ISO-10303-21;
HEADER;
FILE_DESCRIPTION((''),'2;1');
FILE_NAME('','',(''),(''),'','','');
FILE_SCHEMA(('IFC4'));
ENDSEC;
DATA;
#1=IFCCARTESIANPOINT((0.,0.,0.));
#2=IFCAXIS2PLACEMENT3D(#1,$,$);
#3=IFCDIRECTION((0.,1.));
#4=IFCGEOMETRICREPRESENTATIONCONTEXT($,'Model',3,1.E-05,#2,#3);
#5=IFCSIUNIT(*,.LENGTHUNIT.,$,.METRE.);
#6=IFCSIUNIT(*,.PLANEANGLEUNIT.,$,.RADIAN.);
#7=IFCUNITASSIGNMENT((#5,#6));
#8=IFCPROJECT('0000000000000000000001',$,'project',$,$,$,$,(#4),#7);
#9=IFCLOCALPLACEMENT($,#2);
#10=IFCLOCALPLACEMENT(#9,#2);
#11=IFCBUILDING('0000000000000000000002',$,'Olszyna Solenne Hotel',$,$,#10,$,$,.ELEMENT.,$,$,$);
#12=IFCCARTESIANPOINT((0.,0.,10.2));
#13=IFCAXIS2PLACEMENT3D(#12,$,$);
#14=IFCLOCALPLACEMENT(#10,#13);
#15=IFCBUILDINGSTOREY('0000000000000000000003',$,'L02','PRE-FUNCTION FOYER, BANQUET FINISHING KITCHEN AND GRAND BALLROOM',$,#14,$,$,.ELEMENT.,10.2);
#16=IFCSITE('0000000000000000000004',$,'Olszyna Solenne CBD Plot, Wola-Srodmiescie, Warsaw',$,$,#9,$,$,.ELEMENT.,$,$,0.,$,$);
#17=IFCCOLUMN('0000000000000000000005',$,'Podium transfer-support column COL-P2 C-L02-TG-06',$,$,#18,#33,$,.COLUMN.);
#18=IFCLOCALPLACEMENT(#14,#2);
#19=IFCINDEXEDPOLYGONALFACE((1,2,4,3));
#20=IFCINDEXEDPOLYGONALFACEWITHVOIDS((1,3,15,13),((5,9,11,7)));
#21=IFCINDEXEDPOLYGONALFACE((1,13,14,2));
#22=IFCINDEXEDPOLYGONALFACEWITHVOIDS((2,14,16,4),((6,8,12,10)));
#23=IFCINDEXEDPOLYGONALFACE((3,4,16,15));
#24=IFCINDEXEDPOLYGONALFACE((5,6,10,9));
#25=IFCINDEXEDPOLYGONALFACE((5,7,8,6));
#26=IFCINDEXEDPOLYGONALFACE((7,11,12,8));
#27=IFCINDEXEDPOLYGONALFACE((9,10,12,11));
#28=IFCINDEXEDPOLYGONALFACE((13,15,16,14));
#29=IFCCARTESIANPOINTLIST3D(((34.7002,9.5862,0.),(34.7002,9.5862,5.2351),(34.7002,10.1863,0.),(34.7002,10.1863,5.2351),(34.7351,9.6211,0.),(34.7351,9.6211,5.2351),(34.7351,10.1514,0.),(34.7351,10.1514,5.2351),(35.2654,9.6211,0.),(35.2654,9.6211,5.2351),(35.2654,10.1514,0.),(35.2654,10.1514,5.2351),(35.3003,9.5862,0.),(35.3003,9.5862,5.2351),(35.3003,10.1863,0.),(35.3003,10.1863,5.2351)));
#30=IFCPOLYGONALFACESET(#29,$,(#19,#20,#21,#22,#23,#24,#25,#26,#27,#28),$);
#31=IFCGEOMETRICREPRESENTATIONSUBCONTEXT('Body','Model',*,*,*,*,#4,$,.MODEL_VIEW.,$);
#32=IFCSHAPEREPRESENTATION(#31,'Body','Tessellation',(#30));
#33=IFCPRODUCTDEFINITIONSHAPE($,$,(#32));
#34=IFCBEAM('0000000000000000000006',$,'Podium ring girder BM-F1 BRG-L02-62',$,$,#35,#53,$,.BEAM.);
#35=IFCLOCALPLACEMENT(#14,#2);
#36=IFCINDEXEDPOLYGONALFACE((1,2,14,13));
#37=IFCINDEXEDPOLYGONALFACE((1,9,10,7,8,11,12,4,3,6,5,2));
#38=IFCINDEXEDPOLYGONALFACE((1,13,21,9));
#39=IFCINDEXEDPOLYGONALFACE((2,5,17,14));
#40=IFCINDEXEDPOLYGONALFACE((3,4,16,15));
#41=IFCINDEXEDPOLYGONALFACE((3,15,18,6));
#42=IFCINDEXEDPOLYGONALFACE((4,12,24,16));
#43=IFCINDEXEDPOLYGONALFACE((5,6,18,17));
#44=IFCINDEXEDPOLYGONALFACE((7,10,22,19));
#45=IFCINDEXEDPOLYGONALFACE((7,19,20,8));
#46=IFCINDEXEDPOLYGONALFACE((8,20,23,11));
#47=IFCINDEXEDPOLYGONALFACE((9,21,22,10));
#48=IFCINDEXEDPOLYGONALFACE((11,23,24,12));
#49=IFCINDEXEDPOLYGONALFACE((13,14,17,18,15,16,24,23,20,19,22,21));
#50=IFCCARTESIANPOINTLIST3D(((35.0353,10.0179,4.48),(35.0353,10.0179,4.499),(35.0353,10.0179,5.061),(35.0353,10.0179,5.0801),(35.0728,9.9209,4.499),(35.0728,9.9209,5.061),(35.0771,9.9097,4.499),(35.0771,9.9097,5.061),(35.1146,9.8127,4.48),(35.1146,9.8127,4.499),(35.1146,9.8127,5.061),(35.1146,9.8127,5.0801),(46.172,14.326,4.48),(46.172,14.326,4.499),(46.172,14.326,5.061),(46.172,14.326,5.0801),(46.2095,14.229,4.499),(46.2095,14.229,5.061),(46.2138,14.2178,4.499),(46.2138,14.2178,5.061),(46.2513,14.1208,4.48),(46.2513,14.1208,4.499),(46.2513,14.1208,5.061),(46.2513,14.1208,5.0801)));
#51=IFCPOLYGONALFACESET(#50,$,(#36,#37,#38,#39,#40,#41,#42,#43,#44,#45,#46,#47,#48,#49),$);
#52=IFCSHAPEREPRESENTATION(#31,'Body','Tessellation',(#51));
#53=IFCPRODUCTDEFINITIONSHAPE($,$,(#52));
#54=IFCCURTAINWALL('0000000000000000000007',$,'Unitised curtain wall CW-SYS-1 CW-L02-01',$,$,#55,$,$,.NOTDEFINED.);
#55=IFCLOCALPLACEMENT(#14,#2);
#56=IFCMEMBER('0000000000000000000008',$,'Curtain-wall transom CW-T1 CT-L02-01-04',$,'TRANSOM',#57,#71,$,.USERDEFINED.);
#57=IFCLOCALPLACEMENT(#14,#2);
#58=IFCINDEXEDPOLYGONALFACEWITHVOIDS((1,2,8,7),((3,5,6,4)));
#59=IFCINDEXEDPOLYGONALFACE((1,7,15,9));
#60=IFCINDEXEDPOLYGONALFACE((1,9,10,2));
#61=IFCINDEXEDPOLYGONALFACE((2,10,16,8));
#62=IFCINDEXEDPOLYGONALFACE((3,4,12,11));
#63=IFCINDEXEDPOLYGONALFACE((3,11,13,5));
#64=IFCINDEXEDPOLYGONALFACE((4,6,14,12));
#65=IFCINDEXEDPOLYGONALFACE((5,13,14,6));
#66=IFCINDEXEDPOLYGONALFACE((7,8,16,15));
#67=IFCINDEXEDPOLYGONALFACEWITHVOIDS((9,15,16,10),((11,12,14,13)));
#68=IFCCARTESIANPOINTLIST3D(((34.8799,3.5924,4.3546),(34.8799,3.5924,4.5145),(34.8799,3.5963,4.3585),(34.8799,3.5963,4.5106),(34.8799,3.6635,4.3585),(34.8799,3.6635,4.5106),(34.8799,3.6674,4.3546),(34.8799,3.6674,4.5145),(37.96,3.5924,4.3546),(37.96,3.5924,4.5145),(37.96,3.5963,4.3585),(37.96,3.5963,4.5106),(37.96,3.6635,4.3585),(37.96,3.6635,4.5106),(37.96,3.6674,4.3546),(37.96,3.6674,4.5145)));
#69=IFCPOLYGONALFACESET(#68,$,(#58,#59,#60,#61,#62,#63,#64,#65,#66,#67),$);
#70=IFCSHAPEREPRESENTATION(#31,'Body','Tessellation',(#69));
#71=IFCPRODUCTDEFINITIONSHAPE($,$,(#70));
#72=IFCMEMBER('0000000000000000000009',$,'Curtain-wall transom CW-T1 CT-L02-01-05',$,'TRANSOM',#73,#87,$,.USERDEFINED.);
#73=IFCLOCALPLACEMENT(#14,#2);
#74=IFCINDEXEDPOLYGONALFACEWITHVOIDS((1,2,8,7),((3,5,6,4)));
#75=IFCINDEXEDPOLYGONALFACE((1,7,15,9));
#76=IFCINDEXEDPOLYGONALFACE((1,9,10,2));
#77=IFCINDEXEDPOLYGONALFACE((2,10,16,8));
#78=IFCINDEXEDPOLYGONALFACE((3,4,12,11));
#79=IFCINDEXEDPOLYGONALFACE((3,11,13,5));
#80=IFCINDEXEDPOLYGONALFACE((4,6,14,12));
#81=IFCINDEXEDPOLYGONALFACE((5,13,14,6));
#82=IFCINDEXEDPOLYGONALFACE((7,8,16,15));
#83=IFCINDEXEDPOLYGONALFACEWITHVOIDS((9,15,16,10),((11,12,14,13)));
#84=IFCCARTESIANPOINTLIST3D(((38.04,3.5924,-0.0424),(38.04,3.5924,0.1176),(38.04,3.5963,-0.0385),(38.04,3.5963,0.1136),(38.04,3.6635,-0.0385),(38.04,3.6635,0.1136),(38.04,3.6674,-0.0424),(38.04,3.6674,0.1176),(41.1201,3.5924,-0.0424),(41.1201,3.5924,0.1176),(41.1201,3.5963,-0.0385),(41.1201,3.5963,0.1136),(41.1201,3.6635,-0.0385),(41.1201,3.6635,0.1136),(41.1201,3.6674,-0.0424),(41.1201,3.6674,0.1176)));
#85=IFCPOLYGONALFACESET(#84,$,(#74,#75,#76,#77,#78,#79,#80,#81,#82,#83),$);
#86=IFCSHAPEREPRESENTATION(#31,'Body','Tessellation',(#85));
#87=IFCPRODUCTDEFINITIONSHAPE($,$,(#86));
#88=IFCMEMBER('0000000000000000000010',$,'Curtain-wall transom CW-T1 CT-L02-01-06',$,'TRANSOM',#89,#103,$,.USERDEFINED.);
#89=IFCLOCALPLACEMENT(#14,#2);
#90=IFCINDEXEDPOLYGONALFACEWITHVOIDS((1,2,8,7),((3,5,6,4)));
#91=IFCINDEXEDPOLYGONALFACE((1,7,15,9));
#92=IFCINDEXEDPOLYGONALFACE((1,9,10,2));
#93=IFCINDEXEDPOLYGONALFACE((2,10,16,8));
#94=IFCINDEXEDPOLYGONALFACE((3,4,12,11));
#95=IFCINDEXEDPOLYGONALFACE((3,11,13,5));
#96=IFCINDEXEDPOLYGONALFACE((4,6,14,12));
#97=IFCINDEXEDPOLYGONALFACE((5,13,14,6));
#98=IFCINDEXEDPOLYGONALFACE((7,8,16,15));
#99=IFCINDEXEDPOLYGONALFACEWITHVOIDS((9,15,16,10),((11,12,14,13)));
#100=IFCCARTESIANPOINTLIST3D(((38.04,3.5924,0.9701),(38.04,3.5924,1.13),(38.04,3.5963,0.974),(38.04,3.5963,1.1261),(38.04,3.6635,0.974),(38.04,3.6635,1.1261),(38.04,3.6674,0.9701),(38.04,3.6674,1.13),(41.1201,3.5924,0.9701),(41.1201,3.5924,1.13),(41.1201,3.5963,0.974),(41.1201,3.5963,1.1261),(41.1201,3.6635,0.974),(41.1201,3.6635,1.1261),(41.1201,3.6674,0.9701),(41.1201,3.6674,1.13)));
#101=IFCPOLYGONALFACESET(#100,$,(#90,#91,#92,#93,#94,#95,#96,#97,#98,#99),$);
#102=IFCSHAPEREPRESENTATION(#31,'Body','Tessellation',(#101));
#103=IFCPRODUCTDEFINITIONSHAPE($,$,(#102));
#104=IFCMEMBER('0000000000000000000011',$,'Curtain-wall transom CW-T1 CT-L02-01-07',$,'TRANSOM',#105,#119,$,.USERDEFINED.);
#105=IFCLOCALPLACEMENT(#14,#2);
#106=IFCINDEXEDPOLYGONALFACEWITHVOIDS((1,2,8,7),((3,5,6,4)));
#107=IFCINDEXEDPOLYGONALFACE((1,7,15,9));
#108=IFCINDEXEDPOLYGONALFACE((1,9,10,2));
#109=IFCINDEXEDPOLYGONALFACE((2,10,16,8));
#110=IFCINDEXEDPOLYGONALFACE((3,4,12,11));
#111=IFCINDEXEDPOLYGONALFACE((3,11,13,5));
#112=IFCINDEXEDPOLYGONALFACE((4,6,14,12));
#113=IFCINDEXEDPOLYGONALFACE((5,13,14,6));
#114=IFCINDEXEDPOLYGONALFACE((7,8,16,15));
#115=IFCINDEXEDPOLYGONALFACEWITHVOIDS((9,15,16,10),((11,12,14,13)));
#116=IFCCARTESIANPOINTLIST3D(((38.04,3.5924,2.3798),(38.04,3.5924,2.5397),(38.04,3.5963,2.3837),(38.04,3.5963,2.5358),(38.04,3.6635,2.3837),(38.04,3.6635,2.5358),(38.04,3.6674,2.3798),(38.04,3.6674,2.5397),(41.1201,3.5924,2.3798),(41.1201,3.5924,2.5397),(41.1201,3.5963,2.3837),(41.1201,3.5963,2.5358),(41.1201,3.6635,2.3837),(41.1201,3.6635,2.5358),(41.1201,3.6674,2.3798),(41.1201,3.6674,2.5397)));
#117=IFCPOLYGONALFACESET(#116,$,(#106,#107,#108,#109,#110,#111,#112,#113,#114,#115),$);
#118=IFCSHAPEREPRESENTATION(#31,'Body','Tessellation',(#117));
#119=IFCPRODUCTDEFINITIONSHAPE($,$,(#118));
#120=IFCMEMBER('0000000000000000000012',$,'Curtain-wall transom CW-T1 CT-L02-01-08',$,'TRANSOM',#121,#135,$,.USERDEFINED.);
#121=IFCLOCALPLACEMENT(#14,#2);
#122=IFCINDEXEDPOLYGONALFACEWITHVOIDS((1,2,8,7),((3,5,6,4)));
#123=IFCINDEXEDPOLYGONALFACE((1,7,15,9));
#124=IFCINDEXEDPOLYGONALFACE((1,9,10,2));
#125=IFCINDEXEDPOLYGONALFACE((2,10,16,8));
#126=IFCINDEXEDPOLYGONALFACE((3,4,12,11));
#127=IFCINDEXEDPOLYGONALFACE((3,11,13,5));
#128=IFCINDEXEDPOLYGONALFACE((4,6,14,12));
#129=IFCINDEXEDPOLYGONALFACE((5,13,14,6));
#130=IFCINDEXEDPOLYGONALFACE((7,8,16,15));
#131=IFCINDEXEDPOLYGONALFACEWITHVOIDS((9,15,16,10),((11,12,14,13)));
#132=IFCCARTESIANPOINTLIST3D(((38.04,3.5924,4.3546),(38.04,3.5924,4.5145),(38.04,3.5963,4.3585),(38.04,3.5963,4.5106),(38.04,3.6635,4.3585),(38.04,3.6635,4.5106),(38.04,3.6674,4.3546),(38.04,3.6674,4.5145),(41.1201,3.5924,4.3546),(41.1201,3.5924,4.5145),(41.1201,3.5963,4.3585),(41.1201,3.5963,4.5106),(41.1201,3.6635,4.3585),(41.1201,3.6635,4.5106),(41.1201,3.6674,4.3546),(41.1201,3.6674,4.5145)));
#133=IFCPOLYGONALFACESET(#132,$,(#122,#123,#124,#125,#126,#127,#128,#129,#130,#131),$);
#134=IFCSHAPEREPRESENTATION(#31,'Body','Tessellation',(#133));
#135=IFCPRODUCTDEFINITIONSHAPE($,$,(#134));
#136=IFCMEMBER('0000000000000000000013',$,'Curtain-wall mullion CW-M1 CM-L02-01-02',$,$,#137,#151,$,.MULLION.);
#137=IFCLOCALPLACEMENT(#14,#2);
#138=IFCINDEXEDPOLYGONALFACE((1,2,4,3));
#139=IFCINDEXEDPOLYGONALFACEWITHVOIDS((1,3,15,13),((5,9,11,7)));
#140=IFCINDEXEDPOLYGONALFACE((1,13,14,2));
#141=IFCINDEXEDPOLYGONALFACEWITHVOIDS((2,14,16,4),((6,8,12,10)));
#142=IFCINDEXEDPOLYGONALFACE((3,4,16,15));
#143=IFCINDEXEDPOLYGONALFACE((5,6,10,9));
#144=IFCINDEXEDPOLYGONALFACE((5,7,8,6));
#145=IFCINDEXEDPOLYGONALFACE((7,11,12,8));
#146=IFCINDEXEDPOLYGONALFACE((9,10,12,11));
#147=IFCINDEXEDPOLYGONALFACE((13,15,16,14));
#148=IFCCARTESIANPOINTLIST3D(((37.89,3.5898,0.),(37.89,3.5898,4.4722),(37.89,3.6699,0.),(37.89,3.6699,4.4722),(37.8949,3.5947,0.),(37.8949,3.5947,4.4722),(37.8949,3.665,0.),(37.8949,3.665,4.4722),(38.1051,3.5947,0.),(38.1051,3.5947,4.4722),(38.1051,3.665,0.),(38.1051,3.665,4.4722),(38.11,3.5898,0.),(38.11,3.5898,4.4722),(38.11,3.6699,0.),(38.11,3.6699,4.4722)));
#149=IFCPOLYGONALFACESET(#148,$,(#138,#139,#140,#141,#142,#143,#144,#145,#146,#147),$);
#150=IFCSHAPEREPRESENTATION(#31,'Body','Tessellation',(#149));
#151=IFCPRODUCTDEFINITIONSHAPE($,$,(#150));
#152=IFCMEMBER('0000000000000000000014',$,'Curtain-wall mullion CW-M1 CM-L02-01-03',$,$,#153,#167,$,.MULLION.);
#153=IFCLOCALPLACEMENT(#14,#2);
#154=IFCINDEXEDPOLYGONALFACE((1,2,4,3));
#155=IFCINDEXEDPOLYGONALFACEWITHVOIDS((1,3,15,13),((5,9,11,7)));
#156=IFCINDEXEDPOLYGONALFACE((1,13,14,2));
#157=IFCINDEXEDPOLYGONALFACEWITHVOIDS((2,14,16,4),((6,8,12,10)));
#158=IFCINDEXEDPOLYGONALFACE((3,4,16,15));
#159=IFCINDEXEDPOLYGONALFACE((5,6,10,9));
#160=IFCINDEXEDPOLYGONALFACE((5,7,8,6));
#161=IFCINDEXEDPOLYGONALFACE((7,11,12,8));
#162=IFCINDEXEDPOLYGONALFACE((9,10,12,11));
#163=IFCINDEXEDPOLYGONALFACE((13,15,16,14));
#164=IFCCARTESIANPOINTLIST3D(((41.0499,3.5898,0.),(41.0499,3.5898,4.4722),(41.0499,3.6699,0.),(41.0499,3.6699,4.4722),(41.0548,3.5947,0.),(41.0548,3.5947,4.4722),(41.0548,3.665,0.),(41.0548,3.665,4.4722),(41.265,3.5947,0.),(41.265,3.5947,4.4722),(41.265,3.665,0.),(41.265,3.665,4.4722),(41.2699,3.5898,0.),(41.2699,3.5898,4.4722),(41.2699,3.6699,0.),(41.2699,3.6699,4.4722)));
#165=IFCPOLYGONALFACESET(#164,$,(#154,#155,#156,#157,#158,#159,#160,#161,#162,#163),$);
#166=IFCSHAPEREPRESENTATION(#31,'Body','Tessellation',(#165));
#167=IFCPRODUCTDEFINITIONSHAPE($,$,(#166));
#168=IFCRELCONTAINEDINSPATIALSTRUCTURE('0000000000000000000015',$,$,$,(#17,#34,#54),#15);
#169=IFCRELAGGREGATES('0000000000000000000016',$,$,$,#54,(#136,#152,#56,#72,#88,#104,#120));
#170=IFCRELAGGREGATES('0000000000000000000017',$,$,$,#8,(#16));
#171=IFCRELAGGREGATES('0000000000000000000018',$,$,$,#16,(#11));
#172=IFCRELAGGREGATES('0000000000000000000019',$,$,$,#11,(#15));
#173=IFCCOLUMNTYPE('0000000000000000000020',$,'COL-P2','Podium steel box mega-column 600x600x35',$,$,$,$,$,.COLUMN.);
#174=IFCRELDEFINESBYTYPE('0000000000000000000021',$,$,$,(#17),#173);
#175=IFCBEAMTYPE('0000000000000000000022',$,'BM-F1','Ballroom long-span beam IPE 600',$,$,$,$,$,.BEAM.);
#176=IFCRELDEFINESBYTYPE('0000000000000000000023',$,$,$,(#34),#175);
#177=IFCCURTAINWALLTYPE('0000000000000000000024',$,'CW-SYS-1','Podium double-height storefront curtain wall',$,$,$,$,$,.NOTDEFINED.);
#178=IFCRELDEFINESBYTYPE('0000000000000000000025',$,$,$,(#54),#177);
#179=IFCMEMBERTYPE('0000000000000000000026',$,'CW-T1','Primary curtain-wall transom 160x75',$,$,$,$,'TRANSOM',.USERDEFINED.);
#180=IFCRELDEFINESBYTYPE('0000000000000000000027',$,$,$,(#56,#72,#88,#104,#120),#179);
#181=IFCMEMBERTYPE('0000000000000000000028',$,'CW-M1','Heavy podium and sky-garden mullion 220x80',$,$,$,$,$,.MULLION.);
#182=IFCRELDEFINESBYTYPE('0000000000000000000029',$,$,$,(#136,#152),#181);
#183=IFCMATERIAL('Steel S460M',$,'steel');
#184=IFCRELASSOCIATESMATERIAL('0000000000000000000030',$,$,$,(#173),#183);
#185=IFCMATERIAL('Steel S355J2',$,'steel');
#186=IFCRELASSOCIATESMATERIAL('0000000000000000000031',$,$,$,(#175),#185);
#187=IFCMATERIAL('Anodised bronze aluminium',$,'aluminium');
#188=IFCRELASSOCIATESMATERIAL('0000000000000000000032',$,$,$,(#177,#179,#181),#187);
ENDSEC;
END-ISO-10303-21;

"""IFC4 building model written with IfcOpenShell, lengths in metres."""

from ifc_helpers import new_model, si_unit, direction, frame, origin, origin_2d, place, context, subcontext, project, spatial, hollow_rectangle, i_section, extrude, source, transform, mapped, material, material_profile, profile_set, type_object, element, aggregate, save


model = new_model("IFC4")

# Units and contexts
model_context = context("Model", 3, precision=1e-05, world=origin(), true_north=direction((0.0, 1.0)))
body_context = subcontext(model_context, "Body", "Model", "MODEL_VIEW")
ifc_project = project(units=[si_unit("LENGTHUNIT", "METRE"), si_unit("PLANEANGLEUNIT", "RADIAN")], contexts=[model_context])

# Site, building, storey
site_placement = place(None, origin())
site = spatial("IfcSite", under=ifc_project, at=site_placement, Name="Olszyna Solenne CBD Plot, Wola-Srodmiescie, Warsaw", CompositionType="ELEMENT", RefElevation=0.0)
building_placement = place(site_placement, origin())
building = spatial("IfcBuilding", under=site, at=building_placement, Name="Olszyna Solenne Hotel", CompositionType="ELEMENT")
storey_placement = place(building_placement, frame((0.0, 0.0, 10.2)))
storey = spatial("IfcBuildingStorey", under=building, at=storey_placement, Name="L02", Description="PRE-FUNCTION FOYER, BANQUET FINISHING KITCHEN AND GRAND BALLROOM", CompositionType="ELEMENT", Elevation=10.2)

# Column
ifc_material_1 = material(Name="Steel S460M", Category="steel")
ifc_material_profile_1 = material_profile(ifc_material_1, hollow_rectangle(XDim=0.6001, YDim=0.6001, WallThickness=0.0349, at=origin_2d()), Name="SHS 600x600x35", Category="load-bearing")
ifc_profile_set_1 = profile_set([ifc_material_profile_1], Name="Steel S460M")
column_type = type_object("IfcColumnType", Name="COL-P2", Description="Podium steel box mega-column 600x600x35", PredefinedType="COLUMN", material=ifc_profile_set_1)
shared_shape_1 = source(origin(), body_context, "Body", "SweptSolid", [
    extrude(hollow_rectangle(XDim=0.6001, YDim=0.6001, WallThickness=0.0349, at=origin_2d()), origin(), (0.0, 0.0, 1.0), 5.2351),
])
column_placement = place(storey_placement, frame((35.0002, 9.8862, 0.0), z_axis=(0.0, 0.0, 1.0), x_axis=(1.0, 0.0, 0.0)))
element("IfcColumn", 1, at=column_placement, inside=storey, type_object=column_type, Name="Podium transfer-support column COL-P2 C-L02-TG-06", PredefinedType="COLUMN", context=body_context, shape_type="MappedRepresentation", body=[
    mapped(shared_shape_1, transform((0.0, 0.0, 0.0), x_axis=(1.0, 0.0, 0.0), y_axis=(0.0, 1.0, 0.0), z_axis=(0.0, 0.0, 1.0), scale=1.0)),
])

# Beam
ifc_material_2 = material(Name="Steel S355J2", Category="steel")
ifc_material_profile_2 = material_profile(ifc_material_2, i_section(OverallWidth=0.22, OverallDepth=0.6001, WebThickness=0.012, FlangeThickness=0.019, at=origin_2d()), Name="IPE 600", Category="load-bearing")
ifc_profile_set_2 = profile_set([ifc_material_profile_2], Name="Steel S355J2")
beam_type = type_object("IfcBeamType", Name="BM-F1", Description="Ballroom long-span beam IPE 600", PredefinedType="BEAM", material=ifc_profile_set_2)
shared_shape_2 = source(origin(), body_context, "Body", "SweptSolid", [
    extrude(i_section(OverallWidth=0.22, OverallDepth=0.6001, WebThickness=0.012, FlangeThickness=0.019, at=origin_2d()), origin(), (0.0, 0.0, 1.0), 11.9409),
])
beam_placement = place(storey_placement, frame((35.075, 9.9153, 4.78), z_axis=(0.932649, 0.360784, 0.0), x_axis=(-0.360784, 0.932649, 0.0)))
element("IfcBeam", 2, at=beam_placement, inside=storey, type_object=beam_type, Name="Podium ring girder BM-F1 BRG-L02-62", PredefinedType="BEAM", context=body_context, shape_type="MappedRepresentation", body=[
    mapped(shared_shape_2, transform((0.0, 0.0, 0.0), x_axis=(1.0, 0.0, 0.0), y_axis=(0.0, 1.0, 0.0), z_axis=(0.0, 0.0, 1.0), scale=1.0)),
])

# Curtain wall, members
ifc_material_3 = material(Name="Anodised bronze aluminium", Category="aluminium")
curtain_wall_type = type_object("IfcCurtainWallType", Name="CW-SYS-1", Description="Podium double-height storefront curtain wall", PredefinedType="NOTDEFINED", material=ifc_material_3)
curtain_wall_placement = place(storey_placement, origin())
curtain_wall = element("IfcCurtainWall", 3, at=curtain_wall_placement, inside=storey, type_object=curtain_wall_type, Name="Unitised curtain wall CW-SYS-1 CW-L02-01", PredefinedType="NOTDEFINED")
ifc_material_profile_3 = material_profile(ifc_material_3, hollow_rectangle(XDim=0.075, YDim=0.1599, WallThickness=0.0039, at=origin_2d()), Name="TRAN 160x75x4", Category="load-bearing")
ifc_profile_set_3 = profile_set([ifc_material_profile_3], Name="Anodised bronze aluminium")
member_type_1 = type_object("IfcMemberType", Name="CW-T1", Description="Primary curtain-wall transom 160x75", ElementType="TRANSOM", PredefinedType="USERDEFINED", material=ifc_profile_set_3)
shared_shape_3 = source(origin(), body_context, "Body", "SweptSolid", [
    extrude(hollow_rectangle(XDim=0.075, YDim=0.1599, WallThickness=0.0039, at=origin_2d()), origin(), (0.0, 0.0, 1.0), 3.0801),
])
member_1_placement = place(storey_placement, frame((34.8799, 3.6299, 4.4346), z_axis=(1.0, 0.0, 0.0), x_axis=(0.0, 1.0, 0.0)))
member_1 = element("IfcMember", 4, at=member_1_placement, type_object=member_type_1, Name="Curtain-wall transom CW-T1 CT-L02-01-04", ObjectType="TRANSOM", PredefinedType="USERDEFINED", context=body_context, shape_type="MappedRepresentation", body=[
    mapped(shared_shape_3, transform((0.0, 0.0, 0.0), x_axis=(1.0, 0.0, 0.0), y_axis=(0.0, 1.0, 0.0), z_axis=(0.0, 0.0, 1.0), scale=1.0)),
])
member_2_placement = place(storey_placement, frame((38.04, 3.6299, 0.0376), z_axis=(1.0, 0.0, 0.0), x_axis=(0.0, 1.0, 0.0)))
member_2 = element("IfcMember", 5, at=member_2_placement, type_object=member_type_1, Name="Curtain-wall transom CW-T1 CT-L02-01-05", ObjectType="TRANSOM", PredefinedType="USERDEFINED", context=body_context, shape_type="MappedRepresentation", body=[
    mapped(shared_shape_3, transform((0.0, 0.0, 0.0), x_axis=(1.0, 0.0, 0.0), y_axis=(0.0, 1.0, 0.0), z_axis=(0.0, 0.0, 1.0), scale=1.0)),
])
member_3_placement = place(storey_placement, frame((38.04, 3.6299, 1.05), z_axis=(1.0, 0.0, 0.0), x_axis=(0.0, 1.0, 0.0)))
member_3 = element("IfcMember", 6, at=member_3_placement, type_object=member_type_1, Name="Curtain-wall transom CW-T1 CT-L02-01-06", ObjectType="TRANSOM", PredefinedType="USERDEFINED", context=body_context, shape_type="MappedRepresentation", body=[
    mapped(shared_shape_3, transform((0.0, 0.0, 0.0), x_axis=(1.0, 0.0, 0.0), y_axis=(0.0, 1.0, 0.0), z_axis=(0.0, 0.0, 1.0), scale=1.0)),
])
member_4_placement = place(storey_placement, frame((38.04, 3.6299, 2.4597), z_axis=(1.0, 0.0, 0.0), x_axis=(0.0, 1.0, 0.0)))
member_4 = element("IfcMember", 7, at=member_4_placement, type_object=member_type_1, Name="Curtain-wall transom CW-T1 CT-L02-01-07", ObjectType="TRANSOM", PredefinedType="USERDEFINED", context=body_context, shape_type="MappedRepresentation", body=[
    mapped(shared_shape_3, transform((0.0, 0.0, 0.0), x_axis=(1.0, 0.0, 0.0), y_axis=(0.0, 1.0, 0.0), z_axis=(0.0, 0.0, 1.0), scale=1.0)),
])
member_5_placement = place(storey_placement, frame((38.04, 3.6299, 4.4346), z_axis=(1.0, 0.0, 0.0), x_axis=(0.0, 1.0, 0.0)))
member_5 = element("IfcMember", 8, at=member_5_placement, type_object=member_type_1, Name="Curtain-wall transom CW-T1 CT-L02-01-08", ObjectType="TRANSOM", PredefinedType="USERDEFINED", context=body_context, shape_type="MappedRepresentation", body=[
    mapped(shared_shape_3, transform((0.0, 0.0, 0.0), x_axis=(1.0, 0.0, 0.0), y_axis=(0.0, 1.0, 0.0), z_axis=(0.0, 0.0, 1.0), scale=1.0)),
])
ifc_material_profile_4 = material_profile(ifc_material_3, hollow_rectangle(XDim=0.0801, YDim=0.22, WallThickness=0.0049, at=origin_2d()), Name="MULL 220x80x5", Category="load-bearing")
ifc_profile_set_4 = profile_set([ifc_material_profile_4], Name="Anodised bronze aluminium")
member_type_2 = type_object("IfcMemberType", Name="CW-M1", Description="Heavy podium and sky-garden mullion 220x80", PredefinedType="MULLION", material=ifc_profile_set_4)
shared_shape_4 = source(origin(), body_context, "Body", "SweptSolid", [
    extrude(hollow_rectangle(XDim=0.0801, YDim=0.22, WallThickness=0.0049, at=origin_2d()), origin(), (0.0, 0.0, 1.0), 4.4722),
])
member_6_placement = place(storey_placement, frame((38.0, 3.6299, 0.0), z_axis=(0.0, 0.0, 1.0), x_axis=(0.0, 1.0, 0.0)))
member_6 = element("IfcMember", 9, at=member_6_placement, type_object=member_type_2, Name="Curtain-wall mullion CW-M1 CM-L02-01-02", PredefinedType="MULLION", context=body_context, shape_type="MappedRepresentation", body=[
    mapped(shared_shape_4, transform((0.0, 0.0, 0.0), x_axis=(1.0, 0.0, 0.0), y_axis=(0.0, 1.0, 0.0), z_axis=(0.0, 0.0, 1.0), scale=1.0)),
])
member_7_placement = place(storey_placement, frame((41.1599, 3.6299, 0.0), z_axis=(0.0, 0.0, 1.0), x_axis=(0.0, 1.0, 0.0)))
member_7 = element("IfcMember", 10, at=member_7_placement, type_object=member_type_2, Name="Curtain-wall mullion CW-M1 CM-L02-01-03", PredefinedType="MULLION", context=body_context, shape_type="MappedRepresentation", body=[
    mapped(shared_shape_4, transform((0.0, 0.0, 0.0), x_axis=(1.0, 0.0, 0.0), y_axis=(0.0, 1.0, 0.0), z_axis=(0.0, 0.0, 1.0), scale=1.0)),
])
aggregate(curtain_wall, [member_6, member_7, member_1, member_2, member_3, member_4, member_5])

save(model, "model.ifc")
